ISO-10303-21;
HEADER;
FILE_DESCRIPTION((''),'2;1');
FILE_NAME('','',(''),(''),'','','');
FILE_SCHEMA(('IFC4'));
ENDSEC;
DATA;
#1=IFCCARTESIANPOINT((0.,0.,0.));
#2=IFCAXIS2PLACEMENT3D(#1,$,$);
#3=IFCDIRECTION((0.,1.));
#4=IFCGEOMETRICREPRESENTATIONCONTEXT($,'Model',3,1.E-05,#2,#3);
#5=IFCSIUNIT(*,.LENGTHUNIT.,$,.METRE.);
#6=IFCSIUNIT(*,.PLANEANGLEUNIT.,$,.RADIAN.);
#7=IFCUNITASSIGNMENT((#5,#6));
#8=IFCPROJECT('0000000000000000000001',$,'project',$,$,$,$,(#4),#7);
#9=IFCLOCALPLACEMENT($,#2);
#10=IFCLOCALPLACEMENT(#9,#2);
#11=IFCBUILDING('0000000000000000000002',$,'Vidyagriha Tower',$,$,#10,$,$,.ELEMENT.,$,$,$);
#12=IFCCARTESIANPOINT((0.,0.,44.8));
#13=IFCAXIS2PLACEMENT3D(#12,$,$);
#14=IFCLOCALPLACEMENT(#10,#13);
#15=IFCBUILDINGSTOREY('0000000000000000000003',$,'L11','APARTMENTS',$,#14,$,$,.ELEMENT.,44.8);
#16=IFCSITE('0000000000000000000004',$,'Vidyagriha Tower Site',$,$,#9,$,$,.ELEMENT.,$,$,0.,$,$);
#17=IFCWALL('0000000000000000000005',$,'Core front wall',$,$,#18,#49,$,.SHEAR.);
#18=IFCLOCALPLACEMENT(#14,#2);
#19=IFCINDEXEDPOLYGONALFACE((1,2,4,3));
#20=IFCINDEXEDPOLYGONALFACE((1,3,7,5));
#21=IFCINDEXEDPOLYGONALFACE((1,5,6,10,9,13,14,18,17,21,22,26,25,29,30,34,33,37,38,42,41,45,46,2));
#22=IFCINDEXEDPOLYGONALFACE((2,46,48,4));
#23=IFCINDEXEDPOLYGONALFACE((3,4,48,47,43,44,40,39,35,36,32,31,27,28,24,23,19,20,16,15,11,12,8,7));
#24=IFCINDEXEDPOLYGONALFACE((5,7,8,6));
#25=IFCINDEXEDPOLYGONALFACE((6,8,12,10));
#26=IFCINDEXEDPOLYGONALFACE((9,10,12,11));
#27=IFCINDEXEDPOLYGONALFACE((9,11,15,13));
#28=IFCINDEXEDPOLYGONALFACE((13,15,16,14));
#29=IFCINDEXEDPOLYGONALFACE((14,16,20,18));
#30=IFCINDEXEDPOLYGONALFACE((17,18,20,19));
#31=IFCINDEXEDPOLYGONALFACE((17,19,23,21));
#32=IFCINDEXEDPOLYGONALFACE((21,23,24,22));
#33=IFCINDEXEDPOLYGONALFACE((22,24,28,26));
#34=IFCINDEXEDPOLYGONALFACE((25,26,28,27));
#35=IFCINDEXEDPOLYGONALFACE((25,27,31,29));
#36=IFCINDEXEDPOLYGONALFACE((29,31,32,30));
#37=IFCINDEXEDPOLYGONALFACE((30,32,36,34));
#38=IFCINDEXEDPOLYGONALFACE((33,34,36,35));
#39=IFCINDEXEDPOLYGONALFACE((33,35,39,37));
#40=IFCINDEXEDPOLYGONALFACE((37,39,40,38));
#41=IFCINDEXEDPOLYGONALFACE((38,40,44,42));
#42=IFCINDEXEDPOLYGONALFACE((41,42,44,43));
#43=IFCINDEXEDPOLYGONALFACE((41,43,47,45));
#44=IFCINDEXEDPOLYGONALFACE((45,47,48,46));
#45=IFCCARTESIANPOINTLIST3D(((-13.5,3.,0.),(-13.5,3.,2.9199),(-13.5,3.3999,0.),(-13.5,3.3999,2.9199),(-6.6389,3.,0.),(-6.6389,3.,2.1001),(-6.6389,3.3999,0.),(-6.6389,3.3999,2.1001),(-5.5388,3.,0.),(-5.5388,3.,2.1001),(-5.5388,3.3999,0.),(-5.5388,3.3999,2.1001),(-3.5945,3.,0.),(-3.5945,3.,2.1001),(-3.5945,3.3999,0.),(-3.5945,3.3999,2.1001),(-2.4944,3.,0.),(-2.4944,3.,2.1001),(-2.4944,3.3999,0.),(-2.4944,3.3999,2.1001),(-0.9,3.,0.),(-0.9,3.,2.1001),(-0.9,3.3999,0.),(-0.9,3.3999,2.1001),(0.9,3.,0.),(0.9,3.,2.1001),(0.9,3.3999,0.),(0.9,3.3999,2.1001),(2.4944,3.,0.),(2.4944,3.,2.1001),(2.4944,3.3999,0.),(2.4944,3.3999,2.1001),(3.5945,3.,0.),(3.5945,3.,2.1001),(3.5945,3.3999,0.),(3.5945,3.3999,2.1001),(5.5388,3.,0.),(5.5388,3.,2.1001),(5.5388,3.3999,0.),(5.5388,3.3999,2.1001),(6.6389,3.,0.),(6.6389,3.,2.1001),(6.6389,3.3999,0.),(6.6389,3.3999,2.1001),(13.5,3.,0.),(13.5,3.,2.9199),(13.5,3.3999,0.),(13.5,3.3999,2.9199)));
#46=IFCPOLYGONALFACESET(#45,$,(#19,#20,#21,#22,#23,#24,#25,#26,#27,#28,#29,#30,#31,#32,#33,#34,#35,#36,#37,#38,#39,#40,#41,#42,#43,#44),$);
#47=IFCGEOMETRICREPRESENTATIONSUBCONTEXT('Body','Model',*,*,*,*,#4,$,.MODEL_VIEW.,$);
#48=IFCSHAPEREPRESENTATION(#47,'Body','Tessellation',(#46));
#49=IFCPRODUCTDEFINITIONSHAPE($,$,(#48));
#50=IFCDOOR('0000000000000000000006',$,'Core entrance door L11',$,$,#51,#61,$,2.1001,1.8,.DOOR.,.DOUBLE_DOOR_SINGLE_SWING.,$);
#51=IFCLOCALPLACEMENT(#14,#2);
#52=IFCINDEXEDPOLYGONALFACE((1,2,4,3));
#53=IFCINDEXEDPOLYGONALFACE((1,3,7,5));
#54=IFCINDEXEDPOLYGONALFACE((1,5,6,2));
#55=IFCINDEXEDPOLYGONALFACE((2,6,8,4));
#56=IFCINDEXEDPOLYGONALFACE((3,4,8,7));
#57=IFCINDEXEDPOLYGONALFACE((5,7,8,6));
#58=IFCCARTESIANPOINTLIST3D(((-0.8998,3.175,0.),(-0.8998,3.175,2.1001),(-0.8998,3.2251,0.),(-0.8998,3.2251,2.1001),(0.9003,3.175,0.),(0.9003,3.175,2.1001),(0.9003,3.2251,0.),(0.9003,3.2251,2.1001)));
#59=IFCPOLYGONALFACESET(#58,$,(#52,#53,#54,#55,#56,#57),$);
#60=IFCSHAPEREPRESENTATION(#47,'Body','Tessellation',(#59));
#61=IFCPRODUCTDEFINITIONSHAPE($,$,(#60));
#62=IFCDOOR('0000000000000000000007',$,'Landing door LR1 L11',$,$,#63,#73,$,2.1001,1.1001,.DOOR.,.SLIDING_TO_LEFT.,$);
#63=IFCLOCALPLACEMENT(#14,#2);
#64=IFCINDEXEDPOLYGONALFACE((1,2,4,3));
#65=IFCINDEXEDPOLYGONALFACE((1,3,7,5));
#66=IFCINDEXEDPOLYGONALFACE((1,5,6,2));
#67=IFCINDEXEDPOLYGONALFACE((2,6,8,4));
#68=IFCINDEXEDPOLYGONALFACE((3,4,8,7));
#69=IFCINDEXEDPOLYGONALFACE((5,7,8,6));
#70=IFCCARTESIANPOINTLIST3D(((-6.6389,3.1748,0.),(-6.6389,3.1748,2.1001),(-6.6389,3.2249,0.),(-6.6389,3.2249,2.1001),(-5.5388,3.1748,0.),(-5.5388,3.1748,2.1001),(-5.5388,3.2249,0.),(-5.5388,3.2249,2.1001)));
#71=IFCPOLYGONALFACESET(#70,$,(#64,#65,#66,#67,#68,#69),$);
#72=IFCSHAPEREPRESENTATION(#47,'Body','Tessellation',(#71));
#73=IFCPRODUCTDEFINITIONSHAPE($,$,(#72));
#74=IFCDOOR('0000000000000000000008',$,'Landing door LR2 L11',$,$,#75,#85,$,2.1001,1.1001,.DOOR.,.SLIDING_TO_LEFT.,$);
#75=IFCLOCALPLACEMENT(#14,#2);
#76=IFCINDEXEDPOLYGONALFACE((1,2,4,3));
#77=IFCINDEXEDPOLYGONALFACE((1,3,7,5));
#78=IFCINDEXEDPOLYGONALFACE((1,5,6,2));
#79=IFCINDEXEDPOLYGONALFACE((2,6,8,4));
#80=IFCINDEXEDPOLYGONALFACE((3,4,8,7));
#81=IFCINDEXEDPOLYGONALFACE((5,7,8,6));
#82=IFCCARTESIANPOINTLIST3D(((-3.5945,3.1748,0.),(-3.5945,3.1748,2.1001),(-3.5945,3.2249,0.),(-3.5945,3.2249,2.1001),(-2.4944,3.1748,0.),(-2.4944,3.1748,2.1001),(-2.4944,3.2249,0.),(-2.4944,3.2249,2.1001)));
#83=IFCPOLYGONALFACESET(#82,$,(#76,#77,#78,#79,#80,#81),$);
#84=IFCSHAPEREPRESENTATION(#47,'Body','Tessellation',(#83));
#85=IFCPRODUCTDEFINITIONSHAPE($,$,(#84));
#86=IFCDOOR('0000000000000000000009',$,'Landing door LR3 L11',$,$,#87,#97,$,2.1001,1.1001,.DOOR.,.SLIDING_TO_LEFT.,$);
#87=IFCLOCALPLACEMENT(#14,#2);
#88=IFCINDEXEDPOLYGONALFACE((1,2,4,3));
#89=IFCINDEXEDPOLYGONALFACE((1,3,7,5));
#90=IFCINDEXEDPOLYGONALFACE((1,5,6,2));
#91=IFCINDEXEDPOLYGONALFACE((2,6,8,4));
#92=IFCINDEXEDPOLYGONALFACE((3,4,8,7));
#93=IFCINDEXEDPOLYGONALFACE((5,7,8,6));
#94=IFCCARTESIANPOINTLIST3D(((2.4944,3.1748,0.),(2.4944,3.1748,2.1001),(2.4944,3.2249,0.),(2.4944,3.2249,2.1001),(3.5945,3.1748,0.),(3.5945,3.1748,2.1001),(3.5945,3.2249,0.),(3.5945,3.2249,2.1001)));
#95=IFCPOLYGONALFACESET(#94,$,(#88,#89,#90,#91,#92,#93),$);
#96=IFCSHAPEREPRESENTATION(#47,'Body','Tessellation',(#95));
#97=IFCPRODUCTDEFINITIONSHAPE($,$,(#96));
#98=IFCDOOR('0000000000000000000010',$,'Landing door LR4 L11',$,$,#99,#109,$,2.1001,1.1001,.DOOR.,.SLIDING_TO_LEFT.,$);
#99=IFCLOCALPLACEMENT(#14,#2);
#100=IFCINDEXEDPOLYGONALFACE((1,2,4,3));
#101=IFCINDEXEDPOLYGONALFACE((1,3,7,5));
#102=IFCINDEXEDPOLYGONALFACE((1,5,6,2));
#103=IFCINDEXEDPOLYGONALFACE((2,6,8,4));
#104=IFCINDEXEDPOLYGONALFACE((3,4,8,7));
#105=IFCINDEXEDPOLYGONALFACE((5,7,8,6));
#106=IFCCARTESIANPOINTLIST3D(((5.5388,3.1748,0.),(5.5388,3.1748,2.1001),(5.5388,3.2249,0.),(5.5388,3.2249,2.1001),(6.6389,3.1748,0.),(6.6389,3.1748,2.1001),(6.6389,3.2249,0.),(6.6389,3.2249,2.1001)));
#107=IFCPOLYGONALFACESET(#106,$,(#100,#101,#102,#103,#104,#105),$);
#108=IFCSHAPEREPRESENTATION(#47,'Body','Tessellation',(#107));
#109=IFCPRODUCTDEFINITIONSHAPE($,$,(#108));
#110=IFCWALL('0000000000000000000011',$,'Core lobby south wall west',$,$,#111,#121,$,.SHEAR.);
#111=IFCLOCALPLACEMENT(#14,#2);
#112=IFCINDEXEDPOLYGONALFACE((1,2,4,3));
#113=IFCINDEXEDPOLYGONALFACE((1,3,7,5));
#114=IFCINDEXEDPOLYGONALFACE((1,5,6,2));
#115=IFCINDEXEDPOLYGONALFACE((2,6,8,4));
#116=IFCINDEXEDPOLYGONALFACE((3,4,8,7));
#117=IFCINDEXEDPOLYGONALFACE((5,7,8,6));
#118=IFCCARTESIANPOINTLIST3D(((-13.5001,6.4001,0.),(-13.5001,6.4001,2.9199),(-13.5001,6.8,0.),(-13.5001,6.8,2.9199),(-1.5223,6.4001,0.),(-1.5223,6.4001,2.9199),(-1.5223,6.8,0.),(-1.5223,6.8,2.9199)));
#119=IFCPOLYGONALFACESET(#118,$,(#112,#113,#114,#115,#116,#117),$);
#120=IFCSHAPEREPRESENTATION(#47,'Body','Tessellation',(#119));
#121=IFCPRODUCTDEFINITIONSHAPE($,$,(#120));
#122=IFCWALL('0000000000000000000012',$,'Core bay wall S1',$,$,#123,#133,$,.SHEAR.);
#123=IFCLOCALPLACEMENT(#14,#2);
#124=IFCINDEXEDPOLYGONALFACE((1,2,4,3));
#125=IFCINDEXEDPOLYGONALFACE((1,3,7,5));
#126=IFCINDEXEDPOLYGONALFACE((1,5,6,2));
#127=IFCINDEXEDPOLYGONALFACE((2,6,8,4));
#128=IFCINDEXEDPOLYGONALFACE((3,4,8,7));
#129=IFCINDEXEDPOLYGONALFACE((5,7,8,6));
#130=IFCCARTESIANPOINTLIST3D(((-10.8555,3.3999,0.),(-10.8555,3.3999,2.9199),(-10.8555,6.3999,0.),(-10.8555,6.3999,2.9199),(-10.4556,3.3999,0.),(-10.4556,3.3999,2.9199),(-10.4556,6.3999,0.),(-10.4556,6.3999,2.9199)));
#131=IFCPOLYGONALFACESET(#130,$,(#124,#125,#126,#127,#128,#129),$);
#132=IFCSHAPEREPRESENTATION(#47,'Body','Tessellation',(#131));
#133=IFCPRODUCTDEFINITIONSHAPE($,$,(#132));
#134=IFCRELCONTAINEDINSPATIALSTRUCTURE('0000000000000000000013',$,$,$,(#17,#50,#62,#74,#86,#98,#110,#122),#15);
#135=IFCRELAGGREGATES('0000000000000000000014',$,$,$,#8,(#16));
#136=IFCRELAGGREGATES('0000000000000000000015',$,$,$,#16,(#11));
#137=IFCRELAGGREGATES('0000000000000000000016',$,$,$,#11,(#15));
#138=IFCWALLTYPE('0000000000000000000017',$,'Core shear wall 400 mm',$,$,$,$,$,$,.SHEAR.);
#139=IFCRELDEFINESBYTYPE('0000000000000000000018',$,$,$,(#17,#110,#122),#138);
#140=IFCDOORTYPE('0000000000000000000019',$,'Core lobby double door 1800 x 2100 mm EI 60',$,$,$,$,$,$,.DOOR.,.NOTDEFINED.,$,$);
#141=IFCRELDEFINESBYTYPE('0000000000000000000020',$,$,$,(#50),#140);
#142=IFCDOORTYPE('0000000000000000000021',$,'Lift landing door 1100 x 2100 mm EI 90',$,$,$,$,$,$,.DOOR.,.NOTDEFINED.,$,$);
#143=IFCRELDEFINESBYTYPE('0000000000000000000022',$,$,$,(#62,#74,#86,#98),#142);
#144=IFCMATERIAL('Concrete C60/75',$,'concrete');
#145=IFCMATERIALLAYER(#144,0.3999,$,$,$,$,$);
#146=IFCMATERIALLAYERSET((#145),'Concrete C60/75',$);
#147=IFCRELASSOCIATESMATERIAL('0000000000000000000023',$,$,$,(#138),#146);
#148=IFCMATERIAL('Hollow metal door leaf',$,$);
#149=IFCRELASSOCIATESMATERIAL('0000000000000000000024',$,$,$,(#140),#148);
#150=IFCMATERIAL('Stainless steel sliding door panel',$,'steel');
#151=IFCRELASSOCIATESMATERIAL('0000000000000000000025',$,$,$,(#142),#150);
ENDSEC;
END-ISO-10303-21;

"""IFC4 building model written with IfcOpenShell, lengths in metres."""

from ifc_helpers import new_model, si_unit, direction, frame, frame_2d, origin, place, context, subcontext, project, spatial, rectangle, extrude, material, layer, layer_set, type_object, element, fill, save


model = new_model("IFC4")

# Units and contexts
model_context = context("Model", 3, precision=1e-05, world=origin(), true_north=direction((0.0, 1.0)))
body_context = subcontext(model_context, "Body", "Model", "MODEL_VIEW")
ifc_project = project(units=[si_unit("LENGTHUNIT", "METRE"), si_unit("PLANEANGLEUNIT", "RADIAN")], contexts=[model_context])

# Site, building, storey
site_placement = place(None, origin())
site = spatial("IfcSite", under=ifc_project, at=site_placement, Name="Vidyagriha Tower Site", CompositionType="ELEMENT", RefElevation=0.0)
building_placement = place(site_placement, origin())
building = spatial("IfcBuilding", under=site, at=building_placement, Name="Vidyagriha Tower", CompositionType="ELEMENT")
storey_placement = place(building_placement, frame((0.0, 0.0, 44.8)))
storey = spatial("IfcBuildingStorey", under=building, at=storey_placement, Name="L11", Description="APARTMENTS", CompositionType="ELEMENT", Elevation=44.8)

# Wall, openings, doors
ifc_material_1 = material(Name="Concrete C60/75", Category="concrete")
ifc_layer_1 = layer(ifc_material_1, 0.3999)
ifc_layer_set_1 = layer_set([ifc_layer_1], Name="Concrete C60/75")
wall_type_1 = type_object("IfcWallType", Name="Core shear wall 400 mm", PredefinedType="SHEAR", material=ifc_layer_set_1)
wall_1_placement = place(storey_placement, frame((-13.5, 3.2, 0.0)))
wall_1 = element("IfcWall", 1, at=wall_1_placement, inside=storey, type_object=wall_type_1, Name="Core front wall", PredefinedType="SHEAR", context=body_context, shape_type="SweptSolid", body=[
    extrude(rectangle(XDim=27.0, YDim=0.3999, at=frame_2d((13.5, 0.0))), origin(), (0.0, 0.0, 1.0), 2.9199),
])
opening_1_placement = place(wall_1_placement, frame((6.8611, 0.0, 0.0)))
opening_1 = element("IfcOpeningElement", 2, at=opening_1_placement, cuts=wall_1, PredefinedType="OPENING", context=body_context, shape_type="SweptSolid", body=[
    extrude(rectangle(XDim=1.1001, YDim=2.1001, at=frame_2d((0.55, 1.05))), frame((0.0, 0.21, 0.0), z_axis=(0.0, -1.0, 0.0), x_axis=(1.0, 0.0, 0.0)), (0.0, 0.0, 1.0), 0.4199),
])
opening_2_placement = place(wall_1_placement, frame((9.9055, 0.0, 0.0)))
opening_2 = element("IfcOpeningElement", 3, at=opening_2_placement, cuts=wall_1, PredefinedType="OPENING", context=body_context, shape_type="SweptSolid", body=[
    extrude(rectangle(XDim=1.1001, YDim=2.1001, at=frame_2d((0.55, 1.05))), frame((0.0, 0.21, 0.0), z_axis=(0.0, -1.0, 0.0), x_axis=(1.0, 0.0, 0.0)), (0.0, 0.0, 1.0), 0.4199),
])
opening_3_placement = place(wall_1_placement, frame((15.9944, 0.0, 0.0)))
opening_3 = element("IfcOpeningElement", 4, at=opening_3_placement, cuts=wall_1, PredefinedType="OPENING", context=body_context, shape_type="SweptSolid", body=[
    extrude(rectangle(XDim=1.1001, YDim=2.1001, at=frame_2d((0.55, 1.05))), frame((0.0, 0.21, 0.0), z_axis=(0.0, -1.0, 0.0), x_axis=(1.0, 0.0, 0.0)), (0.0, 0.0, 1.0), 0.4199),
])
opening_4_placement = place(wall_1_placement, frame((19.0388, 0.0, 0.0)))
opening_4 = element("IfcOpeningElement", 5, at=opening_4_placement, cuts=wall_1, PredefinedType="OPENING", context=body_context, shape_type="SweptSolid", body=[
    extrude(rectangle(XDim=1.1001, YDim=2.1001, at=frame_2d((0.55, 1.05))), frame((0.0, 0.21, 0.0), z_axis=(0.0, -1.0, 0.0), x_axis=(1.0, 0.0, 0.0)), (0.0, 0.0, 1.0), 0.4199),
])
opening_5_placement = place(wall_1_placement, frame((12.6001, 0.0, 0.0)))
opening_5 = element("IfcOpeningElement", 6, at=opening_5_placement, cuts=wall_1, PredefinedType="OPENING", context=body_context, shape_type="SweptSolid", body=[
    extrude(rectangle(XDim=1.8, YDim=2.1001, at=frame_2d((0.8999, 1.05))), frame((0.0, 0.21, 0.0), z_axis=(0.0, -1.0, 0.0), x_axis=(1.0, 0.0, 0.0)), (0.0, 0.0, 1.0), 0.4199),
])
ifc_material_2 = material(Name="Hollow metal door leaf")
door_type_1 = type_object("IfcDoorType", Name="Core lobby double door 1800 x 2100 mm EI 60", OperationType="NOTDEFINED", PredefinedType="DOOR", material=ifc_material_2)
door_1_placement = place(opening_5_placement, frame((1.8, 0.0, 0.0), z_axis=(0.0, 0.0, 1.0), x_axis=(-1.0, 0.0, 0.0)))
door_1 = element("IfcDoor", 7, at=door_1_placement, inside=storey, type_object=door_type_1, Name="Core entrance door L11", OperationType="DOUBLE_DOOR_SINGLE_SWING", OverallHeight=2.1001, OverallWidth=1.8, PredefinedType="DOOR", context=body_context, shape_type="SweptSolid", body=[
    extrude(rectangle(XDim=1.8, YDim=2.1001, at=frame_2d((0.8999, 1.05))), frame((0.0, 0.0249, 0.0), z_axis=(0.0, -1.0, 0.0), x_axis=(1.0, 0.0, 0.0)), (0.0, 0.0, 1.0), 0.05),
])
fill(opening_5, door_1)
ifc_material_3 = material(Name="Stainless steel sliding door panel", Category="steel")
door_type_2 = type_object("IfcDoorType", Name="Lift landing door 1100 x 2100 mm EI 90", OperationType="NOTDEFINED", PredefinedType="DOOR", material=ifc_material_3)
door_2_placement = place(opening_1_placement, origin())
door_2 = element("IfcDoor", 8, at=door_2_placement, inside=storey, type_object=door_type_2, Name="Landing door LR1 L11", OperationType="SLIDING_TO_LEFT", OverallHeight=2.1001, OverallWidth=1.1001, PredefinedType="DOOR", context=body_context, shape_type="SweptSolid", body=[
    extrude(rectangle(XDim=1.1001, YDim=2.1001, at=frame_2d((0.55, 1.05))), frame((0.0, 0.0249, 0.0), z_axis=(0.0, -1.0, 0.0), x_axis=(1.0, 0.0, 0.0)), (0.0, 0.0, 1.0), 0.05),
])
fill(opening_1, door_2)
door_3_placement = place(opening_2_placement, origin())
door_3 = element("IfcDoor", 9, at=door_3_placement, inside=storey, type_object=door_type_2, Name="Landing door LR2 L11", OperationType="SLIDING_TO_LEFT", OverallHeight=2.1001, OverallWidth=1.1001, PredefinedType="DOOR", context=body_context, shape_type="SweptSolid", body=[
    extrude(rectangle(XDim=1.1001, YDim=2.1001, at=frame_2d((0.55, 1.05))), frame((0.0, 0.0249, 0.0), z_axis=(0.0, -1.0, 0.0), x_axis=(1.0, 0.0, 0.0)), (0.0, 0.0, 1.0), 0.05),
])
fill(opening_2, door_3)
door_4_placement = place(opening_3_placement, origin())
door_4 = element("IfcDoor", 10, at=door_4_placement, inside=storey, type_object=door_type_2, Name="Landing door LR3 L11", OperationType="SLIDING_TO_LEFT", OverallHeight=2.1001, OverallWidth=1.1001, PredefinedType="DOOR", context=body_context, shape_type="SweptSolid", body=[
    extrude(rectangle(XDim=1.1001, YDim=2.1001, at=frame_2d((0.55, 1.05))), frame((0.0, 0.0249, 0.0), z_axis=(0.0, -1.0, 0.0), x_axis=(1.0, 0.0, 0.0)), (0.0, 0.0, 1.0), 0.05),
])
fill(opening_3, door_4)
door_5_placement = place(opening_4_placement, origin())
door_5 = element("IfcDoor", 11, at=door_5_placement, inside=storey, type_object=door_type_2, Name="Landing door LR4 L11", OperationType="SLIDING_TO_LEFT", OverallHeight=2.1001, OverallWidth=1.1001, PredefinedType="DOOR", context=body_context, shape_type="SweptSolid", body=[
    extrude(rectangle(XDim=1.1001, YDim=2.1001, at=frame_2d((0.55, 1.05))), frame((0.0, 0.0249, 0.0), z_axis=(0.0, -1.0, 0.0), x_axis=(1.0, 0.0, 0.0)), (0.0, 0.0, 1.0), 0.05),
])
fill(opening_4, door_5)

# Walls
wall_2_placement = place(storey_placement, frame((-13.5, 6.6001, 0.0)))
element("IfcWall", 12, at=wall_2_placement, inside=storey, type_object=wall_type_1, Name="Core lobby south wall west", PredefinedType="SHEAR", context=body_context, shape_type="SweptSolid", body=[
    extrude(rectangle(XDim=11.9778, YDim=0.3999, at=frame_2d((5.9888, 0.0))), origin(), (0.0, 0.0, 1.0), 2.9199),
])
wall_3_placement = place(storey_placement, frame((-10.6555, 3.3999, 0.0), z_axis=(0.0, 0.0, 1.0), x_axis=(0.0, 1.0, 0.0)))
element("IfcWall", 13, at=wall_3_placement, inside=storey, type_object=wall_type_1, Name="Core bay wall S1", PredefinedType="SHEAR", context=body_context, shape_type="SweptSolid", body=[
    extrude(rectangle(XDim=3.0, YDim=0.3999, at=frame_2d((1.5, 0.0))), origin(), (0.0, 0.0, 1.0), 2.9199),
])

save(model, "model.ifc")
